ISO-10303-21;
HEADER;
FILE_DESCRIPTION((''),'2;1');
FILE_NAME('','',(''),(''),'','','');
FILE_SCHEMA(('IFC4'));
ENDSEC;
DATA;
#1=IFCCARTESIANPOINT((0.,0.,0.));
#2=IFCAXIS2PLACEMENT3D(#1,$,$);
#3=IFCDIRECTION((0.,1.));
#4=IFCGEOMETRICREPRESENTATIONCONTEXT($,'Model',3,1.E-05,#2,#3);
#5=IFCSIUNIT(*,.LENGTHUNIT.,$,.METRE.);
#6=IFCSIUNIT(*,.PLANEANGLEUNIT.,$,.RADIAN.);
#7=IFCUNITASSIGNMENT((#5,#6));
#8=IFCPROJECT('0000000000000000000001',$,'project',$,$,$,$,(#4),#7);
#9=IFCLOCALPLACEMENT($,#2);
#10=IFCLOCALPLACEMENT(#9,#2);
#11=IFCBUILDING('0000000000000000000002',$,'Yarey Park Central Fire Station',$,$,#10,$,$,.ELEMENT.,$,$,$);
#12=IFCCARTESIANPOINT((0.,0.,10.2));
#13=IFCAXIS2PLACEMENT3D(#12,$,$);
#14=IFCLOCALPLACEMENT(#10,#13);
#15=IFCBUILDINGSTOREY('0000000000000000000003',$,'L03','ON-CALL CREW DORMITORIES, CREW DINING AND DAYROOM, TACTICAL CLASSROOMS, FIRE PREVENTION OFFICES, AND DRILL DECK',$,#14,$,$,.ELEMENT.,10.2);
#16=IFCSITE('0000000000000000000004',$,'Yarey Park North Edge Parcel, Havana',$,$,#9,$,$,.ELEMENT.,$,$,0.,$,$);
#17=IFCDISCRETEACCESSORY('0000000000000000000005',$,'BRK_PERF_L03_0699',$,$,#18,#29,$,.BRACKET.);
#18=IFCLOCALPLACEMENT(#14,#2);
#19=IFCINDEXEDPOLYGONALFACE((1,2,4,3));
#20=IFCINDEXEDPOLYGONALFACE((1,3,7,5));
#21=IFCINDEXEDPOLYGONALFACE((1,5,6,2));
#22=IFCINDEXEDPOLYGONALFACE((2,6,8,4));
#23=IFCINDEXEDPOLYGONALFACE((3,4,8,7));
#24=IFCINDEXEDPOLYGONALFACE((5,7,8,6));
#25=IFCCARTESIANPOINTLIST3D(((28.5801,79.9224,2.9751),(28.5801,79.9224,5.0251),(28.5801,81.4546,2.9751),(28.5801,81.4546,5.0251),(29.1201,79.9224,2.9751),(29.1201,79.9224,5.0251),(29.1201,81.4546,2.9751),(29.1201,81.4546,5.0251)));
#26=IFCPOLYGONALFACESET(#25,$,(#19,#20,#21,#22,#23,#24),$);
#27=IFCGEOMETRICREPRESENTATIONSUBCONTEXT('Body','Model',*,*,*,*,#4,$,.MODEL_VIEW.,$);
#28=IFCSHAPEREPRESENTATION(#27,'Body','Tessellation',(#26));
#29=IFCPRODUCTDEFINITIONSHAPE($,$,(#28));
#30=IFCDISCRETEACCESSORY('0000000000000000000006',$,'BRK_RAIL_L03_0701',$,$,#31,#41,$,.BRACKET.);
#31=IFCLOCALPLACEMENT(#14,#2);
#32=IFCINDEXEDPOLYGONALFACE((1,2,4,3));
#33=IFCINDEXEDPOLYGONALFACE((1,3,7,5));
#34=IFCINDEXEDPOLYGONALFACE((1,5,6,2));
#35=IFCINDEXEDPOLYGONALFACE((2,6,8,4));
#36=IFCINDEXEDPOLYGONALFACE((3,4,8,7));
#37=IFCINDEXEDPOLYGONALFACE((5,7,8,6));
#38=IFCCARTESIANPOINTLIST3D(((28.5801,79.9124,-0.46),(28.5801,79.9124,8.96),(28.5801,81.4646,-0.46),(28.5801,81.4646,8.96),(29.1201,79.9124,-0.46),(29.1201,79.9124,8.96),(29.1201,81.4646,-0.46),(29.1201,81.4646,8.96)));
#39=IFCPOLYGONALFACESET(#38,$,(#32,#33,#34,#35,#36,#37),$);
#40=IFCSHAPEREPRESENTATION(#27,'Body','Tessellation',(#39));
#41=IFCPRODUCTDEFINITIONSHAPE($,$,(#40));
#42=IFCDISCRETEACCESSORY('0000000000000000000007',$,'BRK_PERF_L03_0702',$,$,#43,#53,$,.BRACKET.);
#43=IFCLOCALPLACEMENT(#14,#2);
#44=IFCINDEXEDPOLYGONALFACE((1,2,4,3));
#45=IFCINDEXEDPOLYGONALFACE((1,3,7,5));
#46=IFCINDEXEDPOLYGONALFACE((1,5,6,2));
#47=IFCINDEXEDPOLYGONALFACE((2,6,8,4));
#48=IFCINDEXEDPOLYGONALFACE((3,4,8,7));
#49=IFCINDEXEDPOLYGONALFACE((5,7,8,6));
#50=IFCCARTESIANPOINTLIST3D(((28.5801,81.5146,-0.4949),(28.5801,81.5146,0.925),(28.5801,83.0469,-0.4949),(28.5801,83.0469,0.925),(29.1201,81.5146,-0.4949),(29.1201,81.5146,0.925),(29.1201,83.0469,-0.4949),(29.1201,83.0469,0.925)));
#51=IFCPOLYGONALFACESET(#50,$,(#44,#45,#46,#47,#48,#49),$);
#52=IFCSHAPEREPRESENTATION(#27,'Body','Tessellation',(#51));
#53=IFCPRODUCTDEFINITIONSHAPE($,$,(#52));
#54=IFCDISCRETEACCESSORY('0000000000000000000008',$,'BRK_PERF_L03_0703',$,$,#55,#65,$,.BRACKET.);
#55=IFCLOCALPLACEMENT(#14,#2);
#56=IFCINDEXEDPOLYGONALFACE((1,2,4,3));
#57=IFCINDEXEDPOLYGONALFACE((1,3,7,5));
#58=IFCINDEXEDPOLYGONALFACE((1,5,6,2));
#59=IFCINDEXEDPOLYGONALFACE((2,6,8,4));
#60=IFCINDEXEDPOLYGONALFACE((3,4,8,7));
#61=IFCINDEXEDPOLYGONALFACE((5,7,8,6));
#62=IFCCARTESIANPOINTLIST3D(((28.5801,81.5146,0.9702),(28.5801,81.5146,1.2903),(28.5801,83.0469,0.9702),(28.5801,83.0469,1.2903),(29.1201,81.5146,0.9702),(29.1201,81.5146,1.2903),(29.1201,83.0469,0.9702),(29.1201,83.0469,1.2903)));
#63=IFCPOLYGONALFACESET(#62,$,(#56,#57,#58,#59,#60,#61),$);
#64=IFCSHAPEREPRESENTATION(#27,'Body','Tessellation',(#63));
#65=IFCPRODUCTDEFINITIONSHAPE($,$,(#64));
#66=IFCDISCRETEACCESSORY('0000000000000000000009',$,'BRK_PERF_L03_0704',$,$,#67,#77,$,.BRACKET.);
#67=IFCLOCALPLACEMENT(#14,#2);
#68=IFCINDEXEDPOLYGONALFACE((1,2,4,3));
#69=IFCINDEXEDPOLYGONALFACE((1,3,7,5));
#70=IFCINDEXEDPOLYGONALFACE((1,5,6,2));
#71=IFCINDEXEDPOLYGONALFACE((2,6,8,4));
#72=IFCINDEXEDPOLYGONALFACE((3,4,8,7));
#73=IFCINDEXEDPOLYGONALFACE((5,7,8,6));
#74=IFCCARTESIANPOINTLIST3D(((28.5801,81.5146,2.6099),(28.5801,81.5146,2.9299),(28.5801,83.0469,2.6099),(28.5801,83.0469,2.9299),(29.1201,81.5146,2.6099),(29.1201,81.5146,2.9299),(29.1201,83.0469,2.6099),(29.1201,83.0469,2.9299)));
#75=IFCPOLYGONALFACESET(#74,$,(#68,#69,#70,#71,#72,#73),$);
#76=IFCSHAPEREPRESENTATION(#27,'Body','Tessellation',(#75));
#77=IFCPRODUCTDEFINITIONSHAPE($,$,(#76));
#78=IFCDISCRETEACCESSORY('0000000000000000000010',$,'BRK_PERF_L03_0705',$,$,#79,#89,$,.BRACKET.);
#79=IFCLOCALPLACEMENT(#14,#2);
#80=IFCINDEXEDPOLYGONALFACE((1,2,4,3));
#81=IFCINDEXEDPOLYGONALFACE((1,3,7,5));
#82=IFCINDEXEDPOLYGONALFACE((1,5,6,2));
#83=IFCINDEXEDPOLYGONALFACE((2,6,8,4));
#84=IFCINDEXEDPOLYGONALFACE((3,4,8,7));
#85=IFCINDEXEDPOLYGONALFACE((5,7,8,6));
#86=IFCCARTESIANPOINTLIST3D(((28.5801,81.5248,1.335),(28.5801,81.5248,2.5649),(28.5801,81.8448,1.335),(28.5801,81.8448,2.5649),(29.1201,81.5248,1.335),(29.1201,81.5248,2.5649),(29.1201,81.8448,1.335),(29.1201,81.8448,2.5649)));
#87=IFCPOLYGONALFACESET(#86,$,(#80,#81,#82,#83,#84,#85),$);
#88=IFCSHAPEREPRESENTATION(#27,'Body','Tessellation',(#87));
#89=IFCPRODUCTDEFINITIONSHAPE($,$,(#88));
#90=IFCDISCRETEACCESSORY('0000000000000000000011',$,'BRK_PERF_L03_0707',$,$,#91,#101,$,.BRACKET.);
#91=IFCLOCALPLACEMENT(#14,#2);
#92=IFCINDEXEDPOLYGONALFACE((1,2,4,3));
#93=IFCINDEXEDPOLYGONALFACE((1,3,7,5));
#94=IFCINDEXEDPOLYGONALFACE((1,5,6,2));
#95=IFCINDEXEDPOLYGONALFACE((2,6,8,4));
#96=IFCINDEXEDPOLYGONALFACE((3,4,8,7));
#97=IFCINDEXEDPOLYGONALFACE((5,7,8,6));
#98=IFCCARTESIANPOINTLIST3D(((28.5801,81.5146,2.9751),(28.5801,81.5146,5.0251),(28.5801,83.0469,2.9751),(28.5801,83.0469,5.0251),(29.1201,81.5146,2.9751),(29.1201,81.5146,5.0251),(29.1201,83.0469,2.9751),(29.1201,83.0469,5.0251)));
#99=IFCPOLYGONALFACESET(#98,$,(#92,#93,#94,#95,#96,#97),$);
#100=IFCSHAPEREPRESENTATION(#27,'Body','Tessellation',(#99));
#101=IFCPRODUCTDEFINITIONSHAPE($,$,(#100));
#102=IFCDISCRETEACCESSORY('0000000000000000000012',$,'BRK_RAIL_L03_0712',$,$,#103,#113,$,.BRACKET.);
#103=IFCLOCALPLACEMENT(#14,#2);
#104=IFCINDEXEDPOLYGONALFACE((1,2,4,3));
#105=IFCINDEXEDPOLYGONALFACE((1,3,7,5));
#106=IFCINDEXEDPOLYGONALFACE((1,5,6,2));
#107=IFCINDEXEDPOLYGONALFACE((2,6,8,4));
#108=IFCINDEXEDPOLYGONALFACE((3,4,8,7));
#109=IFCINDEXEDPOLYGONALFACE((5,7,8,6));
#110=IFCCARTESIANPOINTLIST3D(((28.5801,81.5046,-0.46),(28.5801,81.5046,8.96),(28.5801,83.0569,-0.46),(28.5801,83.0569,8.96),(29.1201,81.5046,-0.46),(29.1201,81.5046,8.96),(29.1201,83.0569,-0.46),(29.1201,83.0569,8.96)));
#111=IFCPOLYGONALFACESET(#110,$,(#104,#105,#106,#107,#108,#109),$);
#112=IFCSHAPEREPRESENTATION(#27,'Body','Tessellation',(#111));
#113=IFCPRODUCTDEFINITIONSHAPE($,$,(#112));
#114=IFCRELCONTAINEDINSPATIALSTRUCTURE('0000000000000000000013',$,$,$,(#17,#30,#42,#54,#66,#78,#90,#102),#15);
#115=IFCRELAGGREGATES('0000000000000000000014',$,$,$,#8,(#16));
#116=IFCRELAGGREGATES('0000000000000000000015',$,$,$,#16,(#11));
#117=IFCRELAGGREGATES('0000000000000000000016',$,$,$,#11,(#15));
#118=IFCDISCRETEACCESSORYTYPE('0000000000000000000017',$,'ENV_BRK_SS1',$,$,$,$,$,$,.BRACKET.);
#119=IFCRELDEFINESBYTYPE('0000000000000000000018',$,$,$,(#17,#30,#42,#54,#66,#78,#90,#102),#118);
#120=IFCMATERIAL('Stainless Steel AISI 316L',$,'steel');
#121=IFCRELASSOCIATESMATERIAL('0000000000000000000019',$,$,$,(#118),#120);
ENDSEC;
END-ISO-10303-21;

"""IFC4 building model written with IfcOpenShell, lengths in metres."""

from ifc_helpers import new_model, si_unit, direction, frame, origin, origin_2d, place, context, subcontext, project, spatial, rectangle, extrude, material, type_object, element, save


model = new_model("IFC4")

# Units and contexts
model_context = context("Model", 3, precision=1e-05, world=origin(), true_north=direction((0.0, 1.0)))
body_context = subcontext(model_context, "Body", "Model", "MODEL_VIEW")
ifc_project = project(units=[si_unit("LENGTHUNIT", "METRE"), si_unit("PLANEANGLEUNIT", "RADIAN")], contexts=[model_context])

# Site, building, storey
site_placement = place(None, origin())
site = spatial("IfcSite", under=ifc_project, at=site_placement, Name="Yarey Park North Edge Parcel, Havana", CompositionType="ELEMENT", RefElevation=0.0)
building_placement = place(site_placement, origin())
building = spatial("IfcBuilding", under=site, at=building_placement, Name="Yarey Park Central Fire Station", CompositionType="ELEMENT")
storey_placement = place(building_placement, frame((0.0, 0.0, 10.2)))
storey = spatial("IfcBuildingStorey", under=building, at=storey_placement, Name="L03", Description="ON-CALL CREW DORMITORIES, CREW DINING AND DAYROOM, TACTICAL CLASSROOMS, FIRE PREVENTION OFFICES, AND DRILL DECK", CompositionType="ELEMENT", Elevation=10.2)

# Discrete accessories
ifc_material_1 = material(Name="Stainless Steel AISI 316L", Category="steel")
discrete_accessory_type = type_object("IfcDiscreteAccessoryType", Name="ENV_BRK_SS1", PredefinedType="BRACKET", material=ifc_material_1)
discrete_accessory_1_placement = place(storey_placement, frame((28.8501, 80.6885, 2.9751), z_axis=(0.0, 0.0, 1.0), x_axis=(1.0, 0.0, 0.0)))
element("IfcDiscreteAccessory", 1, at=discrete_accessory_1_placement, inside=storey, type_object=discrete_accessory_type, Name="BRK_PERF_L03_0699", PredefinedType="BRACKET", context=body_context, shape_type="SweptSolid", body=[
    extrude(rectangle(XDim=0.54, YDim=1.5322, at=origin_2d()), origin(), (0.0, 0.0, 1.0), 2.05),
])
discrete_accessory_2_placement = place(storey_placement, frame((28.8501, 80.6885, -0.46), z_axis=(0.0, 0.0, 1.0), x_axis=(1.0, 0.0, 0.0)))
element("IfcDiscreteAccessory", 2, at=discrete_accessory_2_placement, inside=storey, type_object=discrete_accessory_type, Name="BRK_RAIL_L03_0701", PredefinedType="BRACKET", context=body_context, shape_type="SweptSolid", body=[
    extrude(rectangle(XDim=0.54, YDim=1.5522, at=origin_2d()), origin(), (0.0, 0.0, 1.0), 9.4199),
])
discrete_accessory_3_placement = place(storey_placement, frame((28.8501, 82.2808, -0.4949), z_axis=(0.0, 0.0, 1.0), x_axis=(1.0, 0.0, 0.0)))
element("IfcDiscreteAccessory", 3, at=discrete_accessory_3_placement, inside=storey, type_object=discrete_accessory_type, Name="BRK_PERF_L03_0702", PredefinedType="BRACKET", context=body_context, shape_type="SweptSolid", body=[
    extrude(rectangle(XDim=0.54, YDim=1.5322, at=origin_2d()), origin(), (0.0, 0.0, 1.0), 1.4199),
])
for number, where, z_axis, x_axis, name in (
    (4, (28.8501, 82.2808, 0.9702), (0.0, 0.0, 1.0), (1.0, 0.0, 0.0), "BRK_PERF_L03_0703"),
    (5, (28.8501, 82.2808, 2.6099), (0.0, 0.0, 1.0), (1.0, 0.0, 0.0), "BRK_PERF_L03_0704"),
):
    element("IfcDiscreteAccessory", number, at=place(storey_placement, frame(where, z_axis=z_axis, x_axis=x_axis)), inside=storey, type_object=discrete_accessory_type, Name=name, PredefinedType="BRACKET", context=body_context, shape_type="SweptSolid", body=[
        extrude(rectangle(XDim=0.54, YDim=1.5322, at=origin_2d()), origin(), (0.0, 0.0, 1.0), 0.3201),
    ])
discrete_accessory_4_placement = place(storey_placement, frame((28.8501, 81.6848, 1.335), z_axis=(0.0, 0.0, 1.0), x_axis=(1.0, 0.0, 0.0)))
element("IfcDiscreteAccessory", 6, at=discrete_accessory_4_placement, inside=storey, type_object=discrete_accessory_type, Name="BRK_PERF_L03_0705", PredefinedType="BRACKET", context=body_context, shape_type="SweptSolid", body=[
    extrude(rectangle(XDim=0.54, YDim=0.3201, at=origin_2d()), origin(), (0.0, 0.0, 1.0), 1.23),
])
discrete_accessory_5_placement = place(storey_placement, frame((28.8501, 82.2808, 2.9751), z_axis=(0.0, 0.0, 1.0), x_axis=(1.0, 0.0, 0.0)))
element("IfcDiscreteAccessory", 7, at=discrete_accessory_5_placement, inside=storey, type_object=discrete_accessory_type, Name="BRK_PERF_L03_0707", PredefinedType="BRACKET", context=body_context, shape_type="SweptSolid", body=[
    extrude(rectangle(XDim=0.54, YDim=1.5322, at=origin_2d()), origin(), (0.0, 0.0, 1.0), 2.05),
])
discrete_accessory_6_placement = place(storey_placement, frame((28.8501, 82.2808, -0.46), z_axis=(0.0, 0.0, 1.0), x_axis=(1.0, 0.0, 0.0)))
element("IfcDiscreteAccessory", 8, at=discrete_accessory_6_placement, inside=storey, type_object=discrete_accessory_type, Name="BRK_RAIL_L03_0712", PredefinedType="BRACKET", context=body_context, shape_type="SweptSolid", body=[
    extrude(rectangle(XDim=0.54, YDim=1.5522, at=origin_2d()), origin(), (0.0, 0.0, 1.0), 9.4199),
])

save(model, "model.ifc")
